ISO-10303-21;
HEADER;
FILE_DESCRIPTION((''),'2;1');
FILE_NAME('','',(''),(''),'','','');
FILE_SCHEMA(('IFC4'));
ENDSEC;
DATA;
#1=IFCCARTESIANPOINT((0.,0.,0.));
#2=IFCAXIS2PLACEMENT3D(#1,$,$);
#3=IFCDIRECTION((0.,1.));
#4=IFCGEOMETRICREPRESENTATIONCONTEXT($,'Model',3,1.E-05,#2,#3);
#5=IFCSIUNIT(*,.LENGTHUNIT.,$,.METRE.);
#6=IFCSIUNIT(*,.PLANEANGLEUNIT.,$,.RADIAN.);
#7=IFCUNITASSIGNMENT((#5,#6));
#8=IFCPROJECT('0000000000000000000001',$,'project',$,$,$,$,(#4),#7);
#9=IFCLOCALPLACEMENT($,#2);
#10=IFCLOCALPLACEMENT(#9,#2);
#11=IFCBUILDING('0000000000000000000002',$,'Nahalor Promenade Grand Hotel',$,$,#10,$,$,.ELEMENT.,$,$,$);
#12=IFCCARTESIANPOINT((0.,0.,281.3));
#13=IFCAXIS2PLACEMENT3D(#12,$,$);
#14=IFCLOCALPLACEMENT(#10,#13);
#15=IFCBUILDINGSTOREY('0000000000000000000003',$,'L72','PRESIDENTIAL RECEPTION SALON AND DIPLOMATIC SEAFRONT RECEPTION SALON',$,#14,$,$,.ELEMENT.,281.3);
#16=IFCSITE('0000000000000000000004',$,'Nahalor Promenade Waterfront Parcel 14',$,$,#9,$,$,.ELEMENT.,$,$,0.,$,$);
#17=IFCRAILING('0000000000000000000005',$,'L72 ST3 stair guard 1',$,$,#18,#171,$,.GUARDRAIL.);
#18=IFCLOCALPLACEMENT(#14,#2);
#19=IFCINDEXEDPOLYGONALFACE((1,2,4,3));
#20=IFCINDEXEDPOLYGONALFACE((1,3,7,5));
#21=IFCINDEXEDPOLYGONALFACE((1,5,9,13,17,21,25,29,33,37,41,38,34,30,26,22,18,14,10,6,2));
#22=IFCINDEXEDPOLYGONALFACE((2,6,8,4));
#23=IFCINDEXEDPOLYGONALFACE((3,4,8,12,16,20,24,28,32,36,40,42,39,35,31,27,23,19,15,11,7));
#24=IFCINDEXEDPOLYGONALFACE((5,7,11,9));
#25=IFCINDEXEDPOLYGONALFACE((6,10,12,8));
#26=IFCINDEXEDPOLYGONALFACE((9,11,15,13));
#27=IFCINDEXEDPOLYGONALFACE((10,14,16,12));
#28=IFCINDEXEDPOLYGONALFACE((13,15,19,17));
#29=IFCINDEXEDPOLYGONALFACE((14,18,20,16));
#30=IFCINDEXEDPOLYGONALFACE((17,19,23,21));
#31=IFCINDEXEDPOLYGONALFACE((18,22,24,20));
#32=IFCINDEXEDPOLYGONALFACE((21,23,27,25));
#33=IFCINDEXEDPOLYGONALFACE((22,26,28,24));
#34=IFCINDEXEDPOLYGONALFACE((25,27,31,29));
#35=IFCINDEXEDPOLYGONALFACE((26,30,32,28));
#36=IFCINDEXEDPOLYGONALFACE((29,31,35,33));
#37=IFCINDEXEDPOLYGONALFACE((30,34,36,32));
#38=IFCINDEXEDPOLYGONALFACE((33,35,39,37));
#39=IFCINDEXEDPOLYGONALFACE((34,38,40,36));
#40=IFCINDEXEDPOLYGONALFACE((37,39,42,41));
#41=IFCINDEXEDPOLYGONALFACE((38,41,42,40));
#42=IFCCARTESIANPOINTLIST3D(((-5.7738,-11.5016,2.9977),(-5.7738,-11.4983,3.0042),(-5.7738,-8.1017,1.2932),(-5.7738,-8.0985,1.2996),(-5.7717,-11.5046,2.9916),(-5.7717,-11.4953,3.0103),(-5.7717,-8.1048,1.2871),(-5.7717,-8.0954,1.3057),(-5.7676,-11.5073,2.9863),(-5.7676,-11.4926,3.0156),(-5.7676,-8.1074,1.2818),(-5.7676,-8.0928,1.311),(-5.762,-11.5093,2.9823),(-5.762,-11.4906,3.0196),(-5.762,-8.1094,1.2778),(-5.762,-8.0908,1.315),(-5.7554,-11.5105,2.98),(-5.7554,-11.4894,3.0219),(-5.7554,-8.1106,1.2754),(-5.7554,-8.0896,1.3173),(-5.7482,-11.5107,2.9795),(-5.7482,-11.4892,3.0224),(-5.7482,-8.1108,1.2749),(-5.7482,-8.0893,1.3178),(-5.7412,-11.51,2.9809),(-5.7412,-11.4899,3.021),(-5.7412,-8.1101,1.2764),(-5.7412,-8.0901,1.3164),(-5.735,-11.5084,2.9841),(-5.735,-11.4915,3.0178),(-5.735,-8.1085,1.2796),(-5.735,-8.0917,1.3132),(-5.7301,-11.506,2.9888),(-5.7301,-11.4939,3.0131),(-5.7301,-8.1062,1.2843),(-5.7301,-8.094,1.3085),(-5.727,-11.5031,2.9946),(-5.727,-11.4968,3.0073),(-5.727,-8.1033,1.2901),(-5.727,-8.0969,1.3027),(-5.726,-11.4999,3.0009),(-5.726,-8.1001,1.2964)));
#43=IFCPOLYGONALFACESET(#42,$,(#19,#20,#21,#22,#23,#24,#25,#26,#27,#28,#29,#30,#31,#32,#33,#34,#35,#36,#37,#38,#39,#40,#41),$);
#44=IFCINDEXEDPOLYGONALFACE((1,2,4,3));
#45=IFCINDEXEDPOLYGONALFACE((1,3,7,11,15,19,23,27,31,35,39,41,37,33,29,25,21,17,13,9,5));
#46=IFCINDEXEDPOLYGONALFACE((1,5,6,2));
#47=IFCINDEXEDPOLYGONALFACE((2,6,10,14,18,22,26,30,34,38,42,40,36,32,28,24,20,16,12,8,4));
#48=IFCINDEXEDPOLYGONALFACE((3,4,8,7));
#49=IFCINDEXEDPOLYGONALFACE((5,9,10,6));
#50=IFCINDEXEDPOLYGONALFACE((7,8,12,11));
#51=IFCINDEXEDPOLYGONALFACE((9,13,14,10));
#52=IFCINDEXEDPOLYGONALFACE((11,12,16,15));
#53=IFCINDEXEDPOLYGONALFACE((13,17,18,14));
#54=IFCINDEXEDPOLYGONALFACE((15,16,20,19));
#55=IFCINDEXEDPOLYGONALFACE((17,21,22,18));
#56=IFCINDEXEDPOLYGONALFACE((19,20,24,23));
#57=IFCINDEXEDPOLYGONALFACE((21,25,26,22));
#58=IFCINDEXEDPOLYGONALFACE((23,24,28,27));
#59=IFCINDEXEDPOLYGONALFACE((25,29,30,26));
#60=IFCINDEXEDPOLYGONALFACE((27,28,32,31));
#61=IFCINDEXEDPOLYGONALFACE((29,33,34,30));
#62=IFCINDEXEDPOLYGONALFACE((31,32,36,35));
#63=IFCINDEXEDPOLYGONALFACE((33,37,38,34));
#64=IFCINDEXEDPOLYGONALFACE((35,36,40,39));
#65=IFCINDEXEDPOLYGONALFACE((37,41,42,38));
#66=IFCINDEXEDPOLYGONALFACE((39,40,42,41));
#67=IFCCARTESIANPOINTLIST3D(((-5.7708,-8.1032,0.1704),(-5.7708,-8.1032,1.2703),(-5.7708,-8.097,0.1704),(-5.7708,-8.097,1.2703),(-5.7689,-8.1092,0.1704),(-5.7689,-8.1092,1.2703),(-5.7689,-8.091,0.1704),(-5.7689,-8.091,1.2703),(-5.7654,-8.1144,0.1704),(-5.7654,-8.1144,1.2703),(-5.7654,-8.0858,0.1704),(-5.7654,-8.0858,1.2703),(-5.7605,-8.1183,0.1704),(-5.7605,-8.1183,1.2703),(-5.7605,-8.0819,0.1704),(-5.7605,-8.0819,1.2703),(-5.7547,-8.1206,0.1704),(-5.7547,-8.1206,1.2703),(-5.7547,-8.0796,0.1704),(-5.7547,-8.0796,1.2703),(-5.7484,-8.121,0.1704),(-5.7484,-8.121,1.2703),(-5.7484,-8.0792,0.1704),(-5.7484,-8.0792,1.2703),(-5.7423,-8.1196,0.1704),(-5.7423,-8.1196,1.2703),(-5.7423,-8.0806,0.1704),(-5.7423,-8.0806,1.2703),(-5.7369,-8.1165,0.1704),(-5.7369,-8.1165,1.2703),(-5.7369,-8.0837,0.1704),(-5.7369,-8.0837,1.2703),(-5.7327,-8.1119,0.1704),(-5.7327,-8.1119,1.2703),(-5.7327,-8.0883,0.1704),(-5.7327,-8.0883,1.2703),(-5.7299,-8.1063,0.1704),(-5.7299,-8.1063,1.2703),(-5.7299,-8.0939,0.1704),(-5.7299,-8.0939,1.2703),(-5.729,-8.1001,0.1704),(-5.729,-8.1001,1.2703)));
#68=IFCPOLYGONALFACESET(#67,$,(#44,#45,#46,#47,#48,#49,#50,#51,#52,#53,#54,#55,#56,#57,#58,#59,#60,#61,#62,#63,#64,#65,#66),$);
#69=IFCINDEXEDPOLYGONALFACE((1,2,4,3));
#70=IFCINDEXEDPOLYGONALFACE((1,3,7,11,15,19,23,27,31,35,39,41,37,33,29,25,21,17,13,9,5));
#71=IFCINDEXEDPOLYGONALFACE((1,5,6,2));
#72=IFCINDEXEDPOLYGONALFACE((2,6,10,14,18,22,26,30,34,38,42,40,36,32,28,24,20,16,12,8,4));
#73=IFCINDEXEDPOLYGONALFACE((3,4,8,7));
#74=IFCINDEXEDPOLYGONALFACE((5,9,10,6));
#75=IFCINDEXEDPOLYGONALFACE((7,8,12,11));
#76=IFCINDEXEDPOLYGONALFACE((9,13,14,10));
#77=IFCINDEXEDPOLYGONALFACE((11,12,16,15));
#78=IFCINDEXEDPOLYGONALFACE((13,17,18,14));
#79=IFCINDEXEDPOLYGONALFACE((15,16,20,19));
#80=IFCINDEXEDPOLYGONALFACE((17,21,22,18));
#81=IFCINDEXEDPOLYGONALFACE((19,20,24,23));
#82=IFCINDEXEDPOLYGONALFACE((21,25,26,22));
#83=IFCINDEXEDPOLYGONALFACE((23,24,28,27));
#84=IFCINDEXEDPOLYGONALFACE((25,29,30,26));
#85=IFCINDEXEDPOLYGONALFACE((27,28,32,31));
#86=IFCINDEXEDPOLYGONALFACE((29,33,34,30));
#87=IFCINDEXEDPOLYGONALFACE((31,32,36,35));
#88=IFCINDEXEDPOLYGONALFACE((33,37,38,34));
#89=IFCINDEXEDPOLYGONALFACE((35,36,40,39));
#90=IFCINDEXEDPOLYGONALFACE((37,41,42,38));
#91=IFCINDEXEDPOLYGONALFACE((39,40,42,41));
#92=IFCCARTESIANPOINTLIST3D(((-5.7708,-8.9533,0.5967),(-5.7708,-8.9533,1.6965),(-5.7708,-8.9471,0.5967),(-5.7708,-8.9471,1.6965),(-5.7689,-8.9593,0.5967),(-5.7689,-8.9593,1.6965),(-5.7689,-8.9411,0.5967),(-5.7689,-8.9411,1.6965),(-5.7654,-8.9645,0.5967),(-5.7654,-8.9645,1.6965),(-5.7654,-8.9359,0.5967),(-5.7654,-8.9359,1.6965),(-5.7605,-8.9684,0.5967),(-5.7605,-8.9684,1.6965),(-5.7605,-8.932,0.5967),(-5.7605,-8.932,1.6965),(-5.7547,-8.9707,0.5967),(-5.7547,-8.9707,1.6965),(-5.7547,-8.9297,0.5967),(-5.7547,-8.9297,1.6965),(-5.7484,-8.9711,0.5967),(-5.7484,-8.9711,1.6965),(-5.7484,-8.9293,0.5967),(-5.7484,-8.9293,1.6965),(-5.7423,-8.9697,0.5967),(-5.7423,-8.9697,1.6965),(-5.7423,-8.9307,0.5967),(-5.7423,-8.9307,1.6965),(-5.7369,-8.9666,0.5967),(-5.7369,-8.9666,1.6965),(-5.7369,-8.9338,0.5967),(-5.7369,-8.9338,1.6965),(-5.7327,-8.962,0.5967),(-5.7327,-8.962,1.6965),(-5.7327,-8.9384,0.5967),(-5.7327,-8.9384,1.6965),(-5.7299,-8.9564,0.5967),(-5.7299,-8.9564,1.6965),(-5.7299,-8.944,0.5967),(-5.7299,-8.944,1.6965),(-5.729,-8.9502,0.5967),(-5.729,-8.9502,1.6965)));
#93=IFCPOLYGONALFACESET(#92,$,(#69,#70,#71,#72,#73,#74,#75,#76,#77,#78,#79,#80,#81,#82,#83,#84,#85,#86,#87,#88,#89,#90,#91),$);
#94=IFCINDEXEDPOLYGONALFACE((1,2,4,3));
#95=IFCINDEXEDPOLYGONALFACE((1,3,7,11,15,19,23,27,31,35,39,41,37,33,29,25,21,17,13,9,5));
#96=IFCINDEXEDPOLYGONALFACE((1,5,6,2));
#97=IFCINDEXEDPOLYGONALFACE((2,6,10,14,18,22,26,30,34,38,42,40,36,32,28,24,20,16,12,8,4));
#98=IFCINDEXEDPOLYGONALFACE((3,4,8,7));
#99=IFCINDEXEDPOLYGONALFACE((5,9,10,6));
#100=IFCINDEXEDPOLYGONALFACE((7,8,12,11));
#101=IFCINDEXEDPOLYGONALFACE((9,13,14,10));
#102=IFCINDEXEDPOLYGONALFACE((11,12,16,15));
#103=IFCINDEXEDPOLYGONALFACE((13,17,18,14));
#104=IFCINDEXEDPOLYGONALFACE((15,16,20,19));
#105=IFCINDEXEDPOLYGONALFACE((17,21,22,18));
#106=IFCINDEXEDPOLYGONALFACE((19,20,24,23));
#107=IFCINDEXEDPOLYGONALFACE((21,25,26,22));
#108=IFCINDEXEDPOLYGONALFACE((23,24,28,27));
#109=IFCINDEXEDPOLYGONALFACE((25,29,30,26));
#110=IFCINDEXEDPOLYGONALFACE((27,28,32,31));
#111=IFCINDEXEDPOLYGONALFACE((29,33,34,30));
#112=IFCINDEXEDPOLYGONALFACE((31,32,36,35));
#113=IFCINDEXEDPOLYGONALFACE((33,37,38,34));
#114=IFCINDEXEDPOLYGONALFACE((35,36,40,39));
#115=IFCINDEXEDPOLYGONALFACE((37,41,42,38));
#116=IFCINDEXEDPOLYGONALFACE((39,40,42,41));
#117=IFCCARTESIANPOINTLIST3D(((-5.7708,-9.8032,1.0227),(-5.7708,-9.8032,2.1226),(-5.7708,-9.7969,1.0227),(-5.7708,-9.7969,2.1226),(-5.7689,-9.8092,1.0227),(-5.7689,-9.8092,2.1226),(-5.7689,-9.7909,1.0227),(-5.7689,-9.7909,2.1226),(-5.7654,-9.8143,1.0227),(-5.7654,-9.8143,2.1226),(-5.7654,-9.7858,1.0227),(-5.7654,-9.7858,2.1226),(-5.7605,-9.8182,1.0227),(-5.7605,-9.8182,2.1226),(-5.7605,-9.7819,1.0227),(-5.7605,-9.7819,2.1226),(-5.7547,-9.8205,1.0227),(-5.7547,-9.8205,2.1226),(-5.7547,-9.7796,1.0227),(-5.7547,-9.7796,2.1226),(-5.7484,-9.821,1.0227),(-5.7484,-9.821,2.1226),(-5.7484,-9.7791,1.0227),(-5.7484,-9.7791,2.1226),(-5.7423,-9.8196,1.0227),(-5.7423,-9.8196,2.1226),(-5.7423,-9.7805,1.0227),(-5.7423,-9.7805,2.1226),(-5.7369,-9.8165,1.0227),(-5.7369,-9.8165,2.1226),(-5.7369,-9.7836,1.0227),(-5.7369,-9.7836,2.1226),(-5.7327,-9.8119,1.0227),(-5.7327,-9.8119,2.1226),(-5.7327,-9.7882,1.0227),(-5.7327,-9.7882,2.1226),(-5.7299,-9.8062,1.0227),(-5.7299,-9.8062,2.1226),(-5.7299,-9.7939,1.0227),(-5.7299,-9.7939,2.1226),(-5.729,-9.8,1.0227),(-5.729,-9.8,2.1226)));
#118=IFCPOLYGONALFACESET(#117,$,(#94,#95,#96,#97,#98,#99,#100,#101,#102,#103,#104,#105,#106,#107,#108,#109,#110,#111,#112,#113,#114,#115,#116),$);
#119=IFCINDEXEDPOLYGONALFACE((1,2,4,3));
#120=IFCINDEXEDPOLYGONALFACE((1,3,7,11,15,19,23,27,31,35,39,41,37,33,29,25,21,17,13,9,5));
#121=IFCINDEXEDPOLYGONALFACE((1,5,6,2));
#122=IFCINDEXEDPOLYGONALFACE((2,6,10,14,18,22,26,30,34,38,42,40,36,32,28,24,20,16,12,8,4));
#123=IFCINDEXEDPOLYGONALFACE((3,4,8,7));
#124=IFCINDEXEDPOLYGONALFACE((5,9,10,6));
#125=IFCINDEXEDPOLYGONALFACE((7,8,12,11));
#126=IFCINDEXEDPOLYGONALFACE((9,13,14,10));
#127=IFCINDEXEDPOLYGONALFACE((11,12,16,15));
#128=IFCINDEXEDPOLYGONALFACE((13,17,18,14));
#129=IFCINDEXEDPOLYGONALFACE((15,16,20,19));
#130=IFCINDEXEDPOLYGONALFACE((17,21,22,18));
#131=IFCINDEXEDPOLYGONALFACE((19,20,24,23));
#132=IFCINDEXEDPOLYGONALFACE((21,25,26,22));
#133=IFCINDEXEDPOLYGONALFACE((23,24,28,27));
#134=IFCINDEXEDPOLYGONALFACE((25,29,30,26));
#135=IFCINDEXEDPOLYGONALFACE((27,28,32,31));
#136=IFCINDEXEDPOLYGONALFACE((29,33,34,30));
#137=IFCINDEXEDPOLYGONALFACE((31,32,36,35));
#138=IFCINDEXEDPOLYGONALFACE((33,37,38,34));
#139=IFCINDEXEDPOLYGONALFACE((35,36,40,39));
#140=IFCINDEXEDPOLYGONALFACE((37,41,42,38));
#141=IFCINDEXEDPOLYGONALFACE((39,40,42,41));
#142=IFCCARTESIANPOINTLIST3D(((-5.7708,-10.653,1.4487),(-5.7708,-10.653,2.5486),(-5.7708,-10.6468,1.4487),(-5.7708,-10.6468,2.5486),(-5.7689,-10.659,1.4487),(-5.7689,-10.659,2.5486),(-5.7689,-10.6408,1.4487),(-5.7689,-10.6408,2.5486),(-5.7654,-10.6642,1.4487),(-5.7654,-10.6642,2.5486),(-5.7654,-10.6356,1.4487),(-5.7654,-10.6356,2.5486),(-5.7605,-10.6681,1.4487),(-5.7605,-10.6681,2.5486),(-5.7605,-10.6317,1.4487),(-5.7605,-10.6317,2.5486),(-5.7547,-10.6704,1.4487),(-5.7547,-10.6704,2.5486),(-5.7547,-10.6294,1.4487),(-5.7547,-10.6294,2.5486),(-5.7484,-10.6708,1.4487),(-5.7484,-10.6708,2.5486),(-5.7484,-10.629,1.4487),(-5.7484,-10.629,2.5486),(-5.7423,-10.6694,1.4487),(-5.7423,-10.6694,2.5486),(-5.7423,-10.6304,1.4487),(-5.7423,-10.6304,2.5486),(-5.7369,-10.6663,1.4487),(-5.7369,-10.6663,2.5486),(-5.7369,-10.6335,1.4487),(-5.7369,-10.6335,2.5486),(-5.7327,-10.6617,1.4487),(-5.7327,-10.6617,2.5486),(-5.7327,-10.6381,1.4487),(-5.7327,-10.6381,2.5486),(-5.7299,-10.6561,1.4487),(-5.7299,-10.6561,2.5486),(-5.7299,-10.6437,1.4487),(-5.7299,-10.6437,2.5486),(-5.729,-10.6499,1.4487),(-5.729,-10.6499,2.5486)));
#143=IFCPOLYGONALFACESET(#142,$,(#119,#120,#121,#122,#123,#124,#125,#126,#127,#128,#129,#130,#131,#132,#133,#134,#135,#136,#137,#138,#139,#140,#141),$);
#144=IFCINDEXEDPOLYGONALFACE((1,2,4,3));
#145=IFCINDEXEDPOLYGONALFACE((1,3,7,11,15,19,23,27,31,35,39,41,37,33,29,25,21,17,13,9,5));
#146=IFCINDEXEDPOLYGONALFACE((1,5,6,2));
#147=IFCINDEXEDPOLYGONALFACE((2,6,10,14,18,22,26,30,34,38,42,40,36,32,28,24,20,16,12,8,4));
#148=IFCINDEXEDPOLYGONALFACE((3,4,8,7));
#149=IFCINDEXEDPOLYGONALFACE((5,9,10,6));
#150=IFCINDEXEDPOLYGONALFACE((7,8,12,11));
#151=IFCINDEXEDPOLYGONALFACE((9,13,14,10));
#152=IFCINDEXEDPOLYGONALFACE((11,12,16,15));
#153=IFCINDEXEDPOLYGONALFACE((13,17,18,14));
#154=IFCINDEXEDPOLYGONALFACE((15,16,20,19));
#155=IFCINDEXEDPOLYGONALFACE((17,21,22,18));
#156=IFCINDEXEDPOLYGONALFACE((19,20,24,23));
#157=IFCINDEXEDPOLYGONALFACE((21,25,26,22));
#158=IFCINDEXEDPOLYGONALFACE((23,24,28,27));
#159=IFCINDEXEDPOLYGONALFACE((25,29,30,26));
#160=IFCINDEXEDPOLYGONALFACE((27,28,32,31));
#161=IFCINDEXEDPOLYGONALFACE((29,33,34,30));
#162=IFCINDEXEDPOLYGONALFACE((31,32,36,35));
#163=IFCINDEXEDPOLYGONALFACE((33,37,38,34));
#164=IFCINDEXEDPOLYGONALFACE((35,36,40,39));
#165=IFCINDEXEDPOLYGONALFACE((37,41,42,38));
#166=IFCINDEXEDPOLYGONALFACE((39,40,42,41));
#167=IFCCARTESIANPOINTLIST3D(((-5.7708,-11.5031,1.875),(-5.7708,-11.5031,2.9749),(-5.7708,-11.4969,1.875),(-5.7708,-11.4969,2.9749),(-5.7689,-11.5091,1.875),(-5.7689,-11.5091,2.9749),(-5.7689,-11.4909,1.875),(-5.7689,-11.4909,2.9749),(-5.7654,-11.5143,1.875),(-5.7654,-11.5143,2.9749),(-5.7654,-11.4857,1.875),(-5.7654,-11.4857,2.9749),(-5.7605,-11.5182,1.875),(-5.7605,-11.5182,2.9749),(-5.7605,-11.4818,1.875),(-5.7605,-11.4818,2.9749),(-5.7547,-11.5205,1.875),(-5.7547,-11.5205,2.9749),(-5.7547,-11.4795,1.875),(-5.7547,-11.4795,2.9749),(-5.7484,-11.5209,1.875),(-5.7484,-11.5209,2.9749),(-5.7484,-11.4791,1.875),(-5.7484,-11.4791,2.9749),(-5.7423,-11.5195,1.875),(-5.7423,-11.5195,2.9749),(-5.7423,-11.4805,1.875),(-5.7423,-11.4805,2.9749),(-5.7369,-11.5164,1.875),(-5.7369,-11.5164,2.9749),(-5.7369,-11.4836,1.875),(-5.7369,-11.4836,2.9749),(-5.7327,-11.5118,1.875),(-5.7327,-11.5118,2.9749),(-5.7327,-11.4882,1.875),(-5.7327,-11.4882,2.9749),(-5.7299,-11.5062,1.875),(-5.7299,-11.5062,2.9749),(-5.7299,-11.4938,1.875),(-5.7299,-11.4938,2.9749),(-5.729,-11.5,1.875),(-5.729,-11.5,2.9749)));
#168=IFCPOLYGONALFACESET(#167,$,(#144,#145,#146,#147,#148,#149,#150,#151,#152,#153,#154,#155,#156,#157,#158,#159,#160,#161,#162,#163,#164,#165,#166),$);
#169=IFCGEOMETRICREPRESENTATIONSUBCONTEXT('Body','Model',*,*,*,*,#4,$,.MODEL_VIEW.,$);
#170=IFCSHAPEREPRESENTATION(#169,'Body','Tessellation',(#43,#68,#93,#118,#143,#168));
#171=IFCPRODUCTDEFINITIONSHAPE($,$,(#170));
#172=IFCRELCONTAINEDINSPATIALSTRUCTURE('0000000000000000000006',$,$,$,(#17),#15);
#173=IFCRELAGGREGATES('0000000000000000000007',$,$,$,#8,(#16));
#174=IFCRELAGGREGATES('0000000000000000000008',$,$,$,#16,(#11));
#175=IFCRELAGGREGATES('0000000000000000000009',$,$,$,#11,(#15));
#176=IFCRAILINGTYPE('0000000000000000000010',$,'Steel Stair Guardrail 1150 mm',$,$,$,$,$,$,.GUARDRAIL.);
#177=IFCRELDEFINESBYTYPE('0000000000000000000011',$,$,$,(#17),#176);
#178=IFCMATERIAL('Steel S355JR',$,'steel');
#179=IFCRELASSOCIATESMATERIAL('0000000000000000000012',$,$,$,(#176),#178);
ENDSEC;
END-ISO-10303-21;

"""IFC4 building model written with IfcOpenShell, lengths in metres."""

from ifc_helpers import new_model, si_unit, direction, frame, origin, origin_2d, place, context, subcontext, project, spatial, circle, extrude, material, type_object, element, save


model = new_model("IFC4")

# Units and contexts
model_context = context("Model", 3, precision=1e-05, world=origin(), true_north=direction((0.0, 1.0)))
body_context = subcontext(model_context, "Body", "Model", "MODEL_VIEW")
ifc_project = project(units=[si_unit("LENGTHUNIT", "METRE"), si_unit("PLANEANGLEUNIT", "RADIAN")], contexts=[model_context])

# Site, building, storey
site_placement = place(None, origin())
site = spatial("IfcSite", under=ifc_project, at=site_placement, Name="Nahalor Promenade Waterfront Parcel 14", CompositionType="ELEMENT", RefElevation=0.0)
building_placement = place(site_placement, origin())
building = spatial("IfcBuilding", under=site, at=building_placement, Name="Nahalor Promenade Grand Hotel", CompositionType="ELEMENT")
storey_placement = place(building_placement, frame((0.0, 0.0, 281.3)))
storey = spatial("IfcBuildingStorey", under=building, at=storey_placement, Name="L72", Description="PRESIDENTIAL RECEPTION SALON AND DIPLOMATIC SEAFRONT RECEPTION SALON", CompositionType="ELEMENT", Elevation=281.3)

# Shared definitions
ifc_material_1 = material(Name="Steel S355JR", Category="steel")

# Railing
railing_type_1 = type_object("IfcRailingType", Name="Steel Stair Guardrail 1150 mm", PredefinedType="GUARDRAIL", material=ifc_material_1)
for number, where, name in (
    (1, (-5.75, -8.1001, 0.1704), "L72 ST3 stair guard 1"),
):
    element("IfcRailing", number, at=place(storey_placement, frame(where)), inside=storey, type_object=railing_type_1, Name=name, PredefinedType="GUARDRAIL", context=body_context, shape_type="SweptSolid", body=[
        extrude(circle(Radius=0.024, at=origin_2d()), frame((0.0, 0.0, 1.126), z_axis=(0.0, -0.893939, 0.448189), x_axis=(1.0, 0.0, 0.0)), (0.0, 0.0, 1.0), 3.8032),
        extrude(circle(Radius=0.021, at=origin_2d()), origin(), (0.0, 0.0, 1.0), 1.0999),
        extrude(circle(Radius=0.021, at=origin_2d()), frame((0.0, -0.8501, 0.4263)), (0.0, 0.0, 1.0), 1.0999),
        extrude(circle(Radius=0.021, at=origin_2d()), frame((0.0, -1.7, 0.8523)), (0.0, 0.0, 1.0), 1.0999),
        extrude(circle(Radius=0.021, at=origin_2d()), frame((0.0, -2.5498, 1.2783)), (0.0, 0.0, 1.0), 1.0999),
        extrude(circle(Radius=0.021, at=origin_2d()), frame((0.0, -3.3999, 1.7046)), (0.0, 0.0, 1.0), 1.0999),
    ])

save(model, "model.ifc")
